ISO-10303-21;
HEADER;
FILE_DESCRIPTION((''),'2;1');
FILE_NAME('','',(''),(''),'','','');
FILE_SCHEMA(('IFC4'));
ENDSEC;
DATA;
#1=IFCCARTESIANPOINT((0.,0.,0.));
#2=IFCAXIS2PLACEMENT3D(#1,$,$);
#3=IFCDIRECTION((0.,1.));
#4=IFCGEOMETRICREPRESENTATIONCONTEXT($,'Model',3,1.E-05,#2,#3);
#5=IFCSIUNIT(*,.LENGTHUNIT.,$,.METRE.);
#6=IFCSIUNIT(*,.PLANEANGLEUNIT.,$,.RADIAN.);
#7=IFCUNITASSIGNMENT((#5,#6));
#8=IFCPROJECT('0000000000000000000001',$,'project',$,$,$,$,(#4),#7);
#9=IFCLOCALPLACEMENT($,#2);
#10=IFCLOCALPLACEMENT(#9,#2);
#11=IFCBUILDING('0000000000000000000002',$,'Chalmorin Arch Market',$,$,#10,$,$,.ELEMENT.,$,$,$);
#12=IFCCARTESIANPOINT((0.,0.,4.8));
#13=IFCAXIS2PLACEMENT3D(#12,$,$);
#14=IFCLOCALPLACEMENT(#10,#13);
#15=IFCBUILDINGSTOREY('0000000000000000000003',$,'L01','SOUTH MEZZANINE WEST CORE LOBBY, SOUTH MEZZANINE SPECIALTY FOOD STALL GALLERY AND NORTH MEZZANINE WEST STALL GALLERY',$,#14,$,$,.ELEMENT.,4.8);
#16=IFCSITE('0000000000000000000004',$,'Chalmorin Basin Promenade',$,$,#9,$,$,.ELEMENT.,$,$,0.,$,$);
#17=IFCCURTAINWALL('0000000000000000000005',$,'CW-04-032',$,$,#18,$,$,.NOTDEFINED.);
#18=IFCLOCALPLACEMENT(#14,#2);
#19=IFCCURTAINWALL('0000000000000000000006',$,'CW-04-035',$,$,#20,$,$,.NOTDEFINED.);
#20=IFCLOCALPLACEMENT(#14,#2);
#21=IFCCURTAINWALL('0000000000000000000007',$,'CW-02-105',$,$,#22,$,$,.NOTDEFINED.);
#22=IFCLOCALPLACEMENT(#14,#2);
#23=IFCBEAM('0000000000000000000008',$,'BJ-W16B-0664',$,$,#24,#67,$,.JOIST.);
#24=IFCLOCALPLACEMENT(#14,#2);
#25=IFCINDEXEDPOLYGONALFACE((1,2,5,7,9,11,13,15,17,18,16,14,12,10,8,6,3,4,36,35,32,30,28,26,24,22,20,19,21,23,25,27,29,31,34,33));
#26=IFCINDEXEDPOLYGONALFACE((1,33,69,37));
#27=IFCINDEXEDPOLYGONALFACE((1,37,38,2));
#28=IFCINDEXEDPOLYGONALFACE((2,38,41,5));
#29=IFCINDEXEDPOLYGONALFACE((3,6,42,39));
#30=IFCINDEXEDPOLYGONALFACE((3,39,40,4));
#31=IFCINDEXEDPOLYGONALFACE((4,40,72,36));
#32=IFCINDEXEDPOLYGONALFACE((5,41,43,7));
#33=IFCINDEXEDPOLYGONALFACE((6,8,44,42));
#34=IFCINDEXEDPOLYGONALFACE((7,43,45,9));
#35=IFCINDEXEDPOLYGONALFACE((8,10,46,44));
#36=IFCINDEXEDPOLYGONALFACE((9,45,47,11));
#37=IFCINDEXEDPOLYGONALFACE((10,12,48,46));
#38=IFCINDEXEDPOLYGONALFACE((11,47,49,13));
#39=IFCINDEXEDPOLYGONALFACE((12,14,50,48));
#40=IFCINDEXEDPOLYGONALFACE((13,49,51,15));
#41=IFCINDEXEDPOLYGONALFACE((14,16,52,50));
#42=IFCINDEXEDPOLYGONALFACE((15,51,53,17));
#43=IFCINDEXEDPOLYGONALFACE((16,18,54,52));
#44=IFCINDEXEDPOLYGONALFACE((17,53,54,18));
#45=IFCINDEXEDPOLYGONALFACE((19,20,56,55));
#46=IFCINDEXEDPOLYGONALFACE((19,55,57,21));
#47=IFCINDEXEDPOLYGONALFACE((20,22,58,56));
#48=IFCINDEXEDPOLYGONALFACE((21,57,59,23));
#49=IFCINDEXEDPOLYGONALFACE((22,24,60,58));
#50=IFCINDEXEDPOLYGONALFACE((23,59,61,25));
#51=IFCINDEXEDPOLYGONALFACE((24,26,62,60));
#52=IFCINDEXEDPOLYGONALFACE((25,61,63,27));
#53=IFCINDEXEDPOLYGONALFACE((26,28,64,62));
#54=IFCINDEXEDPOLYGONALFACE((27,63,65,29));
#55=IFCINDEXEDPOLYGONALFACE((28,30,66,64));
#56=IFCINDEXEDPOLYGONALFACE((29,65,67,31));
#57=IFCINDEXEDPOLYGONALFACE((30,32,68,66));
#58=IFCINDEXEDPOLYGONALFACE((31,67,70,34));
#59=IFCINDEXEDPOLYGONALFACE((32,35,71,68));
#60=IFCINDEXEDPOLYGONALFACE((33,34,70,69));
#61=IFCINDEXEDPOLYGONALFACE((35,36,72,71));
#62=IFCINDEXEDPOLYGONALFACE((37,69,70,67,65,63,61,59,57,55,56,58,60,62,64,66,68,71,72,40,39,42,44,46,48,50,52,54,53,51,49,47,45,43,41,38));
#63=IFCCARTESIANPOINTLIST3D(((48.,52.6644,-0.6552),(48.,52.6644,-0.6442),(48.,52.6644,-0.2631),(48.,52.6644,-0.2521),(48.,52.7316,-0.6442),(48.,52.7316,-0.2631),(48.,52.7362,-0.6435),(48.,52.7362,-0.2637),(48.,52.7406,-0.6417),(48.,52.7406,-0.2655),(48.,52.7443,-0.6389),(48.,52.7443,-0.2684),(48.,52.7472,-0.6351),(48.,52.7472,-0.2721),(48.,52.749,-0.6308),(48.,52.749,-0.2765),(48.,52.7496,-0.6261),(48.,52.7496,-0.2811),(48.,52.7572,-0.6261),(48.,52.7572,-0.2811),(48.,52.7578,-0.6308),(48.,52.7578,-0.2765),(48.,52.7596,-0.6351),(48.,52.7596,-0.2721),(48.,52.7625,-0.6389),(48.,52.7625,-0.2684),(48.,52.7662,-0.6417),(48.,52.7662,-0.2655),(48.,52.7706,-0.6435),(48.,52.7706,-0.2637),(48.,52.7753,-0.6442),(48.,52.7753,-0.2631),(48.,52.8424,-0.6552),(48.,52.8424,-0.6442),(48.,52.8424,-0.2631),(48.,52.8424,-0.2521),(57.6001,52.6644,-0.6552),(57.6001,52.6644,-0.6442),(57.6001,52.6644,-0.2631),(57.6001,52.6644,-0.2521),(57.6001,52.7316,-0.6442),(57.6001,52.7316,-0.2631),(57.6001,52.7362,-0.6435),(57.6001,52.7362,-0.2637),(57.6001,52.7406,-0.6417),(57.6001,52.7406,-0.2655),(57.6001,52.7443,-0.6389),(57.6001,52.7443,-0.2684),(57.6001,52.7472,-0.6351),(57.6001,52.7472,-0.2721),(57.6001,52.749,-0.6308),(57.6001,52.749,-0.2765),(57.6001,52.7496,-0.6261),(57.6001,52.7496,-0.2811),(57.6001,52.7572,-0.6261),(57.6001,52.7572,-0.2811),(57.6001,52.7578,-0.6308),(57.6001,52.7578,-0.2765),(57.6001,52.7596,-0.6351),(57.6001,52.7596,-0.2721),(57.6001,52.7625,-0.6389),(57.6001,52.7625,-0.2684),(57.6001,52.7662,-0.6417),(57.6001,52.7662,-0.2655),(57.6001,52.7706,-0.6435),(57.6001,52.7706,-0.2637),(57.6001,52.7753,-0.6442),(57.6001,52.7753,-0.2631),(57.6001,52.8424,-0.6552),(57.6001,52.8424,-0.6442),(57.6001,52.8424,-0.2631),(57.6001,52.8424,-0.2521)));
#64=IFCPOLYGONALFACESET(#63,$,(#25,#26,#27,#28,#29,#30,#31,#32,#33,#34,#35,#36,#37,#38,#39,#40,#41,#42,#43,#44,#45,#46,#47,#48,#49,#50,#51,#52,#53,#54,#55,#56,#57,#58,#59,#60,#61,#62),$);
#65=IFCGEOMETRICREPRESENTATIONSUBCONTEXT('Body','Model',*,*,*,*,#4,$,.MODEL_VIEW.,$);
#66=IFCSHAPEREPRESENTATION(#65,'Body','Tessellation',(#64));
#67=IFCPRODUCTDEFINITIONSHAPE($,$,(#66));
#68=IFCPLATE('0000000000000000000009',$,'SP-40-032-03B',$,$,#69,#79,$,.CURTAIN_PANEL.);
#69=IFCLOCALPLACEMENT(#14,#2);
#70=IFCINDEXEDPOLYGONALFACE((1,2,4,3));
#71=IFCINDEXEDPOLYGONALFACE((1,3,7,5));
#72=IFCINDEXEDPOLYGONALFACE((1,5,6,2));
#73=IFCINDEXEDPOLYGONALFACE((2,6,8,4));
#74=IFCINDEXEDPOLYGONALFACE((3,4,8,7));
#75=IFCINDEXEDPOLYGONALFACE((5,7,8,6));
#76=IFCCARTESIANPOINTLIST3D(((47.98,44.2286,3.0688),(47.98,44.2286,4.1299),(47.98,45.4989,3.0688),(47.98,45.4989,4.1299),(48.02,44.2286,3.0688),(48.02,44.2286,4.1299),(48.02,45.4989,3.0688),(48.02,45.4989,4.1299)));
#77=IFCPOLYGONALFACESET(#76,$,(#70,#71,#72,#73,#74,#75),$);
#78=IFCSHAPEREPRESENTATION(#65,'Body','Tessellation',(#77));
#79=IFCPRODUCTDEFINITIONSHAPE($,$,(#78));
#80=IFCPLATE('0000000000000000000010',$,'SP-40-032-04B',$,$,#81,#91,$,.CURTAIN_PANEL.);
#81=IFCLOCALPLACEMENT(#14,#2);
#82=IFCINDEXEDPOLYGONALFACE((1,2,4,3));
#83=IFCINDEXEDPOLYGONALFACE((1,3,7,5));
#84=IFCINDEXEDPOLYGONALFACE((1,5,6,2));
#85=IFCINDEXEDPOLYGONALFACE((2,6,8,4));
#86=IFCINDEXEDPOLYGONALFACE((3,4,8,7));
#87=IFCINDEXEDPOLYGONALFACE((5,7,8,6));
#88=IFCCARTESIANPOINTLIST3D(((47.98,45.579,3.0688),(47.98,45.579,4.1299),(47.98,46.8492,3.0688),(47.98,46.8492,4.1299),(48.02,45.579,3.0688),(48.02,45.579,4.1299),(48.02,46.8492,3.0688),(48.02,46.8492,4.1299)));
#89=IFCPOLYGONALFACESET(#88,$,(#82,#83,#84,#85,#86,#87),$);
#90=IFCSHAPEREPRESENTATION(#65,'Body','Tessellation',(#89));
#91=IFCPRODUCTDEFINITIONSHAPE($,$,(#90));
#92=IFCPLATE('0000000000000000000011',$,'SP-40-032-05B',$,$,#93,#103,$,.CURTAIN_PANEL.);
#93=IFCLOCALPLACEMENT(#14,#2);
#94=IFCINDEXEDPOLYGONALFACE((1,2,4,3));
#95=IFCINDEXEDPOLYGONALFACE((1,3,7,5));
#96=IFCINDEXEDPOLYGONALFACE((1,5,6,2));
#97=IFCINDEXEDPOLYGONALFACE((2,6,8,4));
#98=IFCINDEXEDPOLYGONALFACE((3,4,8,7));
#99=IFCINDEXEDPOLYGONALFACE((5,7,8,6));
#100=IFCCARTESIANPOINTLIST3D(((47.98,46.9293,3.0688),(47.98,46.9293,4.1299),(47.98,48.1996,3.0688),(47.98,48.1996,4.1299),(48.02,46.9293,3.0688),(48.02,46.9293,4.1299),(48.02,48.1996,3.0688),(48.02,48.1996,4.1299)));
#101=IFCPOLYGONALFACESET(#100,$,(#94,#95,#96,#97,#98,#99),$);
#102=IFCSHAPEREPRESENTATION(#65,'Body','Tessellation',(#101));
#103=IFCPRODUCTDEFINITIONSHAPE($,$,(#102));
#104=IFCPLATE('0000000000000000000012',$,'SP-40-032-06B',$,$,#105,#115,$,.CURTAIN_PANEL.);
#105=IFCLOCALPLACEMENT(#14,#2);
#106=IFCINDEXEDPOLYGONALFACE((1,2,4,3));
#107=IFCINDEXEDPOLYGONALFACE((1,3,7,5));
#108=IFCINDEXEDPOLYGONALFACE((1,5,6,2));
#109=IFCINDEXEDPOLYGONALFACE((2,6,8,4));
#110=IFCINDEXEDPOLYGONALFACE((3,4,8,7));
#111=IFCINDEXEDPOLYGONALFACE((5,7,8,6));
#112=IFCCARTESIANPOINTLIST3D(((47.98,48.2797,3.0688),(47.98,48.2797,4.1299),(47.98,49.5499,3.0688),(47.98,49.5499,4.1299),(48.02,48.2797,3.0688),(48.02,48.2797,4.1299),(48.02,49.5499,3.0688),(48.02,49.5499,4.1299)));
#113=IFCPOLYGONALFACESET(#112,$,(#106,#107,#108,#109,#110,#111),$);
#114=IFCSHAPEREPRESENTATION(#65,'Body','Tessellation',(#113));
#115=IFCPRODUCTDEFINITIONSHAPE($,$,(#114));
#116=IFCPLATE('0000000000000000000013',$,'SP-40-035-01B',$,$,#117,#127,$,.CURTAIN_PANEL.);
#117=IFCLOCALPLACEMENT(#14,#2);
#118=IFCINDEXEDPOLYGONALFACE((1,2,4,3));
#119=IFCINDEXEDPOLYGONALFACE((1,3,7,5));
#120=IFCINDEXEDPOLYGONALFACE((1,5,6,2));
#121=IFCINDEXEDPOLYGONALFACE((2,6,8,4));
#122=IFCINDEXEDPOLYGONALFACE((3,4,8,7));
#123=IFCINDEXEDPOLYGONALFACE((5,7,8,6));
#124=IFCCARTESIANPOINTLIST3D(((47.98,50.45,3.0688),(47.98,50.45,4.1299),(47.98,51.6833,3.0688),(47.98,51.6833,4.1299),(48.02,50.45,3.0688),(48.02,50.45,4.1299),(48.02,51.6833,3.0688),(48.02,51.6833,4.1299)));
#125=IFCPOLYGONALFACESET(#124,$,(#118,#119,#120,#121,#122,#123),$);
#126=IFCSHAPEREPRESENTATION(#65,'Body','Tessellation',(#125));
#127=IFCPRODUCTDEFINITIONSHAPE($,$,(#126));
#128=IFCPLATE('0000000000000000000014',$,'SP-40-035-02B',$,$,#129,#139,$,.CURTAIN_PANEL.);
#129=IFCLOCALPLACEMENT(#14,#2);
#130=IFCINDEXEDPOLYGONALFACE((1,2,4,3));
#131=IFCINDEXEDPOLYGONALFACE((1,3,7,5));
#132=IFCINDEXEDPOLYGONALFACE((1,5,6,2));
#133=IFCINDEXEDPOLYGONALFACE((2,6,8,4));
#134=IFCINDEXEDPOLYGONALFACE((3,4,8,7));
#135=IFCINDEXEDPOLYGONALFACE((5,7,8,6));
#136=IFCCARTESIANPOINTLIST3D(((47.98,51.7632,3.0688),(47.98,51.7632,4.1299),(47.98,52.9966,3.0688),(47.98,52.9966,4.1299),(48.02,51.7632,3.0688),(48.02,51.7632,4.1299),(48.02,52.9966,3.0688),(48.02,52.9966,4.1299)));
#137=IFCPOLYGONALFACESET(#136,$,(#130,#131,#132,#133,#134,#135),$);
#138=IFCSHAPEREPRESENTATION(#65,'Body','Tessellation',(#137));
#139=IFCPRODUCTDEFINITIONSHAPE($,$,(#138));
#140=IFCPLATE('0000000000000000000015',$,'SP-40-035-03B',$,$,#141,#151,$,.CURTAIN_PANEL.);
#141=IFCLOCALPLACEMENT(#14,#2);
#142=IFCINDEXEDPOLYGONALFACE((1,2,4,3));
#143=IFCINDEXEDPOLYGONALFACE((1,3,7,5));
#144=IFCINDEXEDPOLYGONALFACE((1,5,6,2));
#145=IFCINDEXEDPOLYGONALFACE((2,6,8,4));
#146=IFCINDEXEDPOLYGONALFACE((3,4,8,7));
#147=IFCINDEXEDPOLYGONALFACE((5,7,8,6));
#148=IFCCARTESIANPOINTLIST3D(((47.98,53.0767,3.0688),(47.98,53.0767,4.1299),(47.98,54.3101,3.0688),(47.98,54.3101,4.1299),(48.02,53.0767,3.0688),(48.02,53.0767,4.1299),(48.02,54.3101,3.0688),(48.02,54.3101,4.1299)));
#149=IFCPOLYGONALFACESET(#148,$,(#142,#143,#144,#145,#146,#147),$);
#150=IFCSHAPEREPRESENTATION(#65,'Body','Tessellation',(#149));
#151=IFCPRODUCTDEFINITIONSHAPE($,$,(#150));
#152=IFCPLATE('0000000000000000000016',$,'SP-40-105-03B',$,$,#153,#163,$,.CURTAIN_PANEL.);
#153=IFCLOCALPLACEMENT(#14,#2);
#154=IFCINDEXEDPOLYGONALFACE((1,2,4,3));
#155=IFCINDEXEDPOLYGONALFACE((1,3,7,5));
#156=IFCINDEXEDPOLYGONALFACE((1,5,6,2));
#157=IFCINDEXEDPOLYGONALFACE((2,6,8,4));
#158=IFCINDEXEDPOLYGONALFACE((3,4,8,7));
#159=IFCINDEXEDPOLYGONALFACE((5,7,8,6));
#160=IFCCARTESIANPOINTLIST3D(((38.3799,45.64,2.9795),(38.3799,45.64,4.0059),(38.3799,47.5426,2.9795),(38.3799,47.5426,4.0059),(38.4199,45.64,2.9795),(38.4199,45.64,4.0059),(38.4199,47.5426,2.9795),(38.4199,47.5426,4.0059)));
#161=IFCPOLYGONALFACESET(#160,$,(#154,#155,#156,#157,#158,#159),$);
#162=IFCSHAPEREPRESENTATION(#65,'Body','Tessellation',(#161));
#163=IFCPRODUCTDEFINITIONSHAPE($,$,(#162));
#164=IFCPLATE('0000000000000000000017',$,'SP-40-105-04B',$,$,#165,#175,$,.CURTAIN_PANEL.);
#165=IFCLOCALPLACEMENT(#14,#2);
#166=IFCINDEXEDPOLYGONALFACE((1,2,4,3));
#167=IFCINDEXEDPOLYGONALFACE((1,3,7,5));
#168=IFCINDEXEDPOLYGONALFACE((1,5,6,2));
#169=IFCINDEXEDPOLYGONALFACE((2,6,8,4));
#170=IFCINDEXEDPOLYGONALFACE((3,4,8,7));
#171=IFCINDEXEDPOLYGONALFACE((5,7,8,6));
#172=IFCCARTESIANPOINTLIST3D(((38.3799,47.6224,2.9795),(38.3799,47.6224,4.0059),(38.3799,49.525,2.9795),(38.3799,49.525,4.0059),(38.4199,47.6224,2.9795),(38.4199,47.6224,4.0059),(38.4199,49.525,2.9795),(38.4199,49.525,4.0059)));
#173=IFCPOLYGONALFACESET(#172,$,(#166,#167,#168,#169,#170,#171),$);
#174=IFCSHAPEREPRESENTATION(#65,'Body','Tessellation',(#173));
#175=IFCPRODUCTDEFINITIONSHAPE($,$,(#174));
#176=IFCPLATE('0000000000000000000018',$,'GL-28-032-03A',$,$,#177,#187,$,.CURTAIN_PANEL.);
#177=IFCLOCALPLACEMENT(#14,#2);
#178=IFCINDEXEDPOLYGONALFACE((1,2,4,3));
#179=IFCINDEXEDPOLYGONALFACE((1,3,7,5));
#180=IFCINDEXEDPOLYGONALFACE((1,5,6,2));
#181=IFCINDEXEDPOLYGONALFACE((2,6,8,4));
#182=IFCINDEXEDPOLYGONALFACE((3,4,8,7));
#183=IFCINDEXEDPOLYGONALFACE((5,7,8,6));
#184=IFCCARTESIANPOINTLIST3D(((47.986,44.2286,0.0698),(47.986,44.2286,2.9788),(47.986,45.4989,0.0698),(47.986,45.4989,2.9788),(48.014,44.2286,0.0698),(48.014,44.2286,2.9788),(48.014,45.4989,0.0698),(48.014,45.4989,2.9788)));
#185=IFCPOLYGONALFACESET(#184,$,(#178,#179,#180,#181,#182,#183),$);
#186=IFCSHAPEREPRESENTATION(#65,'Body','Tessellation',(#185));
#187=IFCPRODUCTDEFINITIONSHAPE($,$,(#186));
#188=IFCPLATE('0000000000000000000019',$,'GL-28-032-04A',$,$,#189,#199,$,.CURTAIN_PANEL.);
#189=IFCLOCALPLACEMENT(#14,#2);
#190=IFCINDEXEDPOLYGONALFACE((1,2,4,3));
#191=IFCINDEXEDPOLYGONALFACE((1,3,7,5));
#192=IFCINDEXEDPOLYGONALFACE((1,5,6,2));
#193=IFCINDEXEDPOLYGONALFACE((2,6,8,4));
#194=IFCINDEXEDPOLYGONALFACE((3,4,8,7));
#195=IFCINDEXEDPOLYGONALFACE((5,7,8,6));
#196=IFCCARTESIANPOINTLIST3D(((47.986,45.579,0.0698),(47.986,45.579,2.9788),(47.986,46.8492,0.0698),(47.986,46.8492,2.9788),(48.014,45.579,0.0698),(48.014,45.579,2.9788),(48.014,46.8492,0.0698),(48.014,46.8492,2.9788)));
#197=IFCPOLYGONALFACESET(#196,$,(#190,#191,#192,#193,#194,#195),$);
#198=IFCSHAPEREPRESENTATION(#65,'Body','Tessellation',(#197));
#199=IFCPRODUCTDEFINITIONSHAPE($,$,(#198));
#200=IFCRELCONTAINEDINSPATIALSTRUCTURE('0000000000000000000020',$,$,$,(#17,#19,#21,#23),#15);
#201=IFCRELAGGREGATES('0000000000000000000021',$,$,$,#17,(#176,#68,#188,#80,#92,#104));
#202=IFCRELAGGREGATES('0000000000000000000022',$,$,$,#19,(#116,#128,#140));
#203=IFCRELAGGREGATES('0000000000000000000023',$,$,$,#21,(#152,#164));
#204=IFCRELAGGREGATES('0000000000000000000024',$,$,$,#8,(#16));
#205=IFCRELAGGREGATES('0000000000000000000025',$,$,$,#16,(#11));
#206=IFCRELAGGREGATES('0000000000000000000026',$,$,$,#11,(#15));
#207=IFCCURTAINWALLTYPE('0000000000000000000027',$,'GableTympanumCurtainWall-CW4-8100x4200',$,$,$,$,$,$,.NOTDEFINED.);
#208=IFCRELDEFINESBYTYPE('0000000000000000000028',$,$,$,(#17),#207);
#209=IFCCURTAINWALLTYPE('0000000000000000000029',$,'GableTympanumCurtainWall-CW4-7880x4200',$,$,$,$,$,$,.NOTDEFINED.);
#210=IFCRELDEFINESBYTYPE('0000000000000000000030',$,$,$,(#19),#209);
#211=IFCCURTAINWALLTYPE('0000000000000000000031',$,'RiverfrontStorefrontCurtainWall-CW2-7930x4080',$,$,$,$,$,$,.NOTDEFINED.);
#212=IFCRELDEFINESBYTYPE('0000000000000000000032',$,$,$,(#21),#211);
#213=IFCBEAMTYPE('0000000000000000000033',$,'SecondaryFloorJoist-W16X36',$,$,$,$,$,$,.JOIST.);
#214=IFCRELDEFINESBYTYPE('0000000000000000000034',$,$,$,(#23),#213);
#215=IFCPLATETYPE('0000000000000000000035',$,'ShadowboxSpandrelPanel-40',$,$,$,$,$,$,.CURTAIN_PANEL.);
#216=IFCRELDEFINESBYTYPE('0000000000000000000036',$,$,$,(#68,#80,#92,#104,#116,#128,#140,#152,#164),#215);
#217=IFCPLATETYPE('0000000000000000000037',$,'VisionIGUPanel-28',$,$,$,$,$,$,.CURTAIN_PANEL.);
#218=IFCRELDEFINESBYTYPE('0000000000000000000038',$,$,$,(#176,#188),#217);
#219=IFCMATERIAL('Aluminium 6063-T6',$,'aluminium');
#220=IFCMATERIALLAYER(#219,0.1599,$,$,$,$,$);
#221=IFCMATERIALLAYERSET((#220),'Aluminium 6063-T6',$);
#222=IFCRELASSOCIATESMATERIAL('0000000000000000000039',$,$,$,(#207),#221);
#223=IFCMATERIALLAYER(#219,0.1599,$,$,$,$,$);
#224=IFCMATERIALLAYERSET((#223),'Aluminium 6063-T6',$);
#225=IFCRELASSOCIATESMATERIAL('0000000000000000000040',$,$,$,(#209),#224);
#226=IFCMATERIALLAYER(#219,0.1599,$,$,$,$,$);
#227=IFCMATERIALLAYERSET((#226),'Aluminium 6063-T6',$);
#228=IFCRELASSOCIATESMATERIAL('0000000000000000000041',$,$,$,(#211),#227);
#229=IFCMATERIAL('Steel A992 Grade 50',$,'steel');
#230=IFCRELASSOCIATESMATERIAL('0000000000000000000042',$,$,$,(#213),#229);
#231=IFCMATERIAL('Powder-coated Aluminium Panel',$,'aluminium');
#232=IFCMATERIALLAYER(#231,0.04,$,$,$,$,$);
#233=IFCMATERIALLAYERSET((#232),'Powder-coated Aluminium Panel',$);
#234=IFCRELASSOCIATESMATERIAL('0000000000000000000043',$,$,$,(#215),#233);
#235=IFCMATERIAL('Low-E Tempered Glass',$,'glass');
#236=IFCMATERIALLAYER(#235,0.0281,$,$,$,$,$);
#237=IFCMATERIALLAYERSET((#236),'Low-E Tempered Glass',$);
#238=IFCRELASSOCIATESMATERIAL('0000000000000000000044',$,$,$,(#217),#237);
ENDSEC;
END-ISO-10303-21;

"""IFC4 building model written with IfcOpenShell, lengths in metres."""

from ifc_helpers import new_model, si_unit, direction, frame, origin, origin_2d, place, context, subcontext, project, spatial, rectangle, i_section, extrude, material, layer, layer_set, material_profile, profile_set, type_object, element, aggregate, save


model = new_model("IFC4")

# Units and contexts
model_context = context("Model", 3, precision=1e-05, world=origin(), true_north=direction((0.0, 1.0)))
body_context = subcontext(model_context, "Body", "Model", "MODEL_VIEW")
ifc_project = project(units=[si_unit("LENGTHUNIT", "METRE"), si_unit("PLANEANGLEUNIT", "RADIAN")], contexts=[model_context])

# Site, building, storey
site_placement = place(None, origin())
site = spatial("IfcSite", under=ifc_project, at=site_placement, Name="Chalmorin Basin Promenade", CompositionType="ELEMENT", RefElevation=0.0)
building_placement = place(site_placement, origin())
building = spatial("IfcBuilding", under=site, at=building_placement, Name="Chalmorin Arch Market", CompositionType="ELEMENT")
storey_placement = place(building_placement, frame((0.0, 0.0, 4.8)))
storey = spatial("IfcBuildingStorey", under=building, at=storey_placement, Name="L01", Description="SOUTH MEZZANINE WEST CORE LOBBY, SOUTH MEZZANINE SPECIALTY FOOD STALL GALLERY AND NORTH MEZZANINE WEST STALL GALLERY", CompositionType="ELEMENT", Elevation=4.8)

# Curtain walls
ifc_material_1 = material(Name="Aluminium 6063-T6", Category="aluminium")
ifc_layer_1 = layer(ifc_material_1, 0.1599)
ifc_layer_set_1 = layer_set([ifc_layer_1], Name="Aluminium 6063-T6")
curtain_wall_type_1 = type_object("IfcCurtainWallType", Name="GableTympanumCurtainWall-CW4-8100x4200", PredefinedType="NOTDEFINED", material=ifc_layer_set_1)
curtain_wall_1_placement = place(storey_placement, origin())
curtain_wall_1 = element("IfcCurtainWall", 1, at=curtain_wall_1_placement, inside=storey, type_object=curtain_wall_type_1, Name="CW-04-032", PredefinedType="NOTDEFINED")
ifc_layer_2 = layer(ifc_material_1, 0.1599)
ifc_layer_set_2 = layer_set([ifc_layer_2], Name="Aluminium 6063-T6")
curtain_wall_type_2 = type_object("IfcCurtainWallType", Name="GableTympanumCurtainWall-CW4-7880x4200", PredefinedType="NOTDEFINED", material=ifc_layer_set_2)
curtain_wall_2_placement = place(storey_placement, origin())
curtain_wall_2 = element("IfcCurtainWall", 2, at=curtain_wall_2_placement, inside=storey, type_object=curtain_wall_type_2, Name="CW-04-035", PredefinedType="NOTDEFINED")
ifc_layer_3 = layer(ifc_material_1, 0.1599)
ifc_layer_set_3 = layer_set([ifc_layer_3], Name="Aluminium 6063-T6")
curtain_wall_type_3 = type_object("IfcCurtainWallType", Name="RiverfrontStorefrontCurtainWall-CW2-7930x4080", PredefinedType="NOTDEFINED", material=ifc_layer_set_3)
curtain_wall_3_placement = place(storey_placement, origin())
curtain_wall_3 = element("IfcCurtainWall", 3, at=curtain_wall_3_placement, inside=storey, type_object=curtain_wall_type_3, Name="CW-02-105", PredefinedType="NOTDEFINED")

# Beam
ifc_material_2 = material(Name="Steel A992 Grade 50", Category="steel")
ifc_material_profile_1 = material_profile(ifc_material_2, i_section(OverallWidth=0.178, OverallDepth=0.4031, WebThickness=0.0076, FlangeThickness=0.011, FilletRadius=0.0181, at=origin_2d()), Name="W16X36")
ifc_profile_set_1 = profile_set([ifc_material_profile_1], Name="Steel A992 Grade 50")
beam_type_1 = type_object("IfcBeamType", Name="SecondaryFloorJoist-W16X36", PredefinedType="JOIST", material=ifc_profile_set_1)
beam_1_placement = place(storey_placement, frame((48.0, 52.7534, -0.4536), z_axis=(1.0, 0.0, 0.0), x_axis=(0.0, 1.0, 0.0)))
element("IfcBeam", 4, at=beam_1_placement, inside=storey, type_object=beam_type_1, Name="BJ-W16B-0664", PredefinedType="JOIST", context=body_context, shape_type="SweptSolid", body=[
    extrude(i_section(OverallWidth=0.178, OverallDepth=0.4031, WebThickness=0.0076, FlangeThickness=0.011, FilletRadius=0.0181, at=origin_2d()), origin(), (0.0, 0.0, 1.0), 9.6001),
])

# Plates
ifc_material_3 = material(Name="Powder-coated Aluminium Panel", Category="aluminium")
ifc_layer_4 = layer(ifc_material_3, 0.04)
ifc_layer_set_4 = layer_set([ifc_layer_4], Name="Powder-coated Aluminium Panel")
plate_type_1 = type_object("IfcPlateType", Name="ShadowboxSpandrelPanel-40", PredefinedType="CURTAIN_PANEL", material=ifc_layer_set_4)
plate_1_placement = place(storey_placement, frame((48.0, 44.8638, 3.0688), z_axis=(0.0, 0.0, 1.0), x_axis=(0.0, 1.0, 0.0)))
plate_1 = element("IfcPlate", 5, at=plate_1_placement, type_object=plate_type_1, Name="SP-40-032-03B", PredefinedType="CURTAIN_PANEL", context=body_context, shape_type="SweptSolid", body=[
    extrude(rectangle(XDim=1.2703, YDim=0.04, at=origin_2d()), origin(), (0.0, 0.0, 1.0), 1.061),
])
plate_2_placement = place(storey_placement, frame((48.0, 46.2141, 3.0688), z_axis=(0.0, 0.0, 1.0), x_axis=(0.0, 1.0, 0.0)))
plate_2 = element("IfcPlate", 6, at=plate_2_placement, type_object=plate_type_1, Name="SP-40-032-04B", PredefinedType="CURTAIN_PANEL", context=body_context, shape_type="SweptSolid", body=[
    extrude(rectangle(XDim=1.2703, YDim=0.04, at=origin_2d()), origin(), (0.0, 0.0, 1.0), 1.061),
])
plate_3_placement = place(storey_placement, frame((48.0, 47.5645, 3.0688), z_axis=(0.0, 0.0, 1.0), x_axis=(0.0, 1.0, 0.0)))
plate_3 = element("IfcPlate", 7, at=plate_3_placement, type_object=plate_type_1, Name="SP-40-032-05B", PredefinedType="CURTAIN_PANEL", context=body_context, shape_type="SweptSolid", body=[
    extrude(rectangle(XDim=1.2703, YDim=0.04, at=origin_2d()), origin(), (0.0, 0.0, 1.0), 1.061),
])
plate_4_placement = place(storey_placement, frame((48.0, 48.9148, 3.0688), z_axis=(0.0, 0.0, 1.0), x_axis=(0.0, 1.0, 0.0)))
plate_4 = element("IfcPlate", 8, at=plate_4_placement, type_object=plate_type_1, Name="SP-40-032-06B", PredefinedType="CURTAIN_PANEL", context=body_context, shape_type="SweptSolid", body=[
    extrude(rectangle(XDim=1.2703, YDim=0.04, at=origin_2d()), origin(), (0.0, 0.0, 1.0), 1.061),
])
plate_5_placement = place(storey_placement, frame((48.0, 51.0667, 3.0688), z_axis=(0.0, 0.0, 1.0), x_axis=(0.0, 1.0, 0.0)))
plate_5 = element("IfcPlate", 9, at=plate_5_placement, type_object=plate_type_1, Name="SP-40-035-01B", PredefinedType="CURTAIN_PANEL", context=body_context, shape_type="SweptSolid", body=[
    extrude(rectangle(XDim=1.2334, YDim=0.04, at=origin_2d()), origin(), (0.0, 0.0, 1.0), 1.061),
])
plate_6_placement = place(storey_placement, frame((48.0, 52.3799, 3.0688), z_axis=(0.0, 0.0, 1.0), x_axis=(0.0, 1.0, 0.0)))
plate_6 = element("IfcPlate", 10, at=plate_6_placement, type_object=plate_type_1, Name="SP-40-035-02B", PredefinedType="CURTAIN_PANEL", context=body_context, shape_type="SweptSolid", body=[
    extrude(rectangle(XDim=1.2334, YDim=0.04, at=origin_2d()), origin(), (0.0, 0.0, 1.0), 1.061),
])
plate_7_placement = place(storey_placement, frame((48.0, 53.6934, 3.0688), z_axis=(0.0, 0.0, 1.0), x_axis=(0.0, 1.0, 0.0)))
plate_7 = element("IfcPlate", 11, at=plate_7_placement, type_object=plate_type_1, Name="SP-40-035-03B", PredefinedType="CURTAIN_PANEL", context=body_context, shape_type="SweptSolid", body=[
    extrude(rectangle(XDim=1.2334, YDim=0.04, at=origin_2d()), origin(), (0.0, 0.0, 1.0), 1.061),
])
plate_8_placement = place(storey_placement, frame((38.3999, 46.5913, 2.9795), z_axis=(0.0, 0.0, 1.0), x_axis=(0.0, 1.0, 0.0)))
plate_8 = element("IfcPlate", 12, at=plate_8_placement, type_object=plate_type_1, Name="SP-40-105-03B", PredefinedType="CURTAIN_PANEL", context=body_context, shape_type="SweptSolid", body=[
    extrude(rectangle(XDim=1.9026, YDim=0.04, at=origin_2d()), origin(), (0.0, 0.0, 1.0), 1.0264),
])
plate_9_placement = place(storey_placement, frame((38.3999, 48.5737, 2.9795), z_axis=(0.0, 0.0, 1.0), x_axis=(0.0, 1.0, 0.0)))
plate_9 = element("IfcPlate", 13, at=plate_9_placement, type_object=plate_type_1, Name="SP-40-105-04B", PredefinedType="CURTAIN_PANEL", context=body_context, shape_type="SweptSolid", body=[
    extrude(rectangle(XDim=1.9026, YDim=0.04, at=origin_2d()), origin(), (0.0, 0.0, 1.0), 1.0264),
])
ifc_material_4 = material(Name="Low-E Tempered Glass", Category="glass")
ifc_layer_5 = layer(ifc_material_4, 0.0281)
ifc_layer_set_5 = layer_set([ifc_layer_5], Name="Low-E Tempered Glass")
plate_type_2 = type_object("IfcPlateType", Name="VisionIGUPanel-28", PredefinedType="CURTAIN_PANEL", material=ifc_layer_set_5)
plate_10_placement = place(storey_placement, frame((48.0, 44.8638, 0.0698), z_axis=(0.0, 0.0, 1.0), x_axis=(0.0, 1.0, 0.0)))
plate_10 = element("IfcPlate", 14, at=plate_10_placement, type_object=plate_type_2, Name="GL-28-032-03A", PredefinedType="CURTAIN_PANEL", context=body_context, shape_type="SweptSolid", body=[
    extrude(rectangle(XDim=1.2703, YDim=0.0281, at=origin_2d()), origin(), (0.0, 0.0, 1.0), 2.9089),
])
plate_11_placement = place(storey_placement, frame((48.0, 46.2141, 0.0698), z_axis=(0.0, 0.0, 1.0), x_axis=(0.0, 1.0, 0.0)))
plate_11 = element("IfcPlate", 15, at=plate_11_placement, type_object=plate_type_2, Name="GL-28-032-04A", PredefinedType="CURTAIN_PANEL", context=body_context, shape_type="SweptSolid", body=[
    extrude(rectangle(XDim=1.2703, YDim=0.0281, at=origin_2d()), origin(), (0.0, 0.0, 1.0), 2.9089),
])
aggregate(curtain_wall_1, [plate_10, plate_1, plate_11, plate_2, plate_3, plate_4])
aggregate(curtain_wall_2, [plate_5, plate_6, plate_7])
aggregate(curtain_wall_3, [plate_8, plate_9])

save(model, "model.ifc")
